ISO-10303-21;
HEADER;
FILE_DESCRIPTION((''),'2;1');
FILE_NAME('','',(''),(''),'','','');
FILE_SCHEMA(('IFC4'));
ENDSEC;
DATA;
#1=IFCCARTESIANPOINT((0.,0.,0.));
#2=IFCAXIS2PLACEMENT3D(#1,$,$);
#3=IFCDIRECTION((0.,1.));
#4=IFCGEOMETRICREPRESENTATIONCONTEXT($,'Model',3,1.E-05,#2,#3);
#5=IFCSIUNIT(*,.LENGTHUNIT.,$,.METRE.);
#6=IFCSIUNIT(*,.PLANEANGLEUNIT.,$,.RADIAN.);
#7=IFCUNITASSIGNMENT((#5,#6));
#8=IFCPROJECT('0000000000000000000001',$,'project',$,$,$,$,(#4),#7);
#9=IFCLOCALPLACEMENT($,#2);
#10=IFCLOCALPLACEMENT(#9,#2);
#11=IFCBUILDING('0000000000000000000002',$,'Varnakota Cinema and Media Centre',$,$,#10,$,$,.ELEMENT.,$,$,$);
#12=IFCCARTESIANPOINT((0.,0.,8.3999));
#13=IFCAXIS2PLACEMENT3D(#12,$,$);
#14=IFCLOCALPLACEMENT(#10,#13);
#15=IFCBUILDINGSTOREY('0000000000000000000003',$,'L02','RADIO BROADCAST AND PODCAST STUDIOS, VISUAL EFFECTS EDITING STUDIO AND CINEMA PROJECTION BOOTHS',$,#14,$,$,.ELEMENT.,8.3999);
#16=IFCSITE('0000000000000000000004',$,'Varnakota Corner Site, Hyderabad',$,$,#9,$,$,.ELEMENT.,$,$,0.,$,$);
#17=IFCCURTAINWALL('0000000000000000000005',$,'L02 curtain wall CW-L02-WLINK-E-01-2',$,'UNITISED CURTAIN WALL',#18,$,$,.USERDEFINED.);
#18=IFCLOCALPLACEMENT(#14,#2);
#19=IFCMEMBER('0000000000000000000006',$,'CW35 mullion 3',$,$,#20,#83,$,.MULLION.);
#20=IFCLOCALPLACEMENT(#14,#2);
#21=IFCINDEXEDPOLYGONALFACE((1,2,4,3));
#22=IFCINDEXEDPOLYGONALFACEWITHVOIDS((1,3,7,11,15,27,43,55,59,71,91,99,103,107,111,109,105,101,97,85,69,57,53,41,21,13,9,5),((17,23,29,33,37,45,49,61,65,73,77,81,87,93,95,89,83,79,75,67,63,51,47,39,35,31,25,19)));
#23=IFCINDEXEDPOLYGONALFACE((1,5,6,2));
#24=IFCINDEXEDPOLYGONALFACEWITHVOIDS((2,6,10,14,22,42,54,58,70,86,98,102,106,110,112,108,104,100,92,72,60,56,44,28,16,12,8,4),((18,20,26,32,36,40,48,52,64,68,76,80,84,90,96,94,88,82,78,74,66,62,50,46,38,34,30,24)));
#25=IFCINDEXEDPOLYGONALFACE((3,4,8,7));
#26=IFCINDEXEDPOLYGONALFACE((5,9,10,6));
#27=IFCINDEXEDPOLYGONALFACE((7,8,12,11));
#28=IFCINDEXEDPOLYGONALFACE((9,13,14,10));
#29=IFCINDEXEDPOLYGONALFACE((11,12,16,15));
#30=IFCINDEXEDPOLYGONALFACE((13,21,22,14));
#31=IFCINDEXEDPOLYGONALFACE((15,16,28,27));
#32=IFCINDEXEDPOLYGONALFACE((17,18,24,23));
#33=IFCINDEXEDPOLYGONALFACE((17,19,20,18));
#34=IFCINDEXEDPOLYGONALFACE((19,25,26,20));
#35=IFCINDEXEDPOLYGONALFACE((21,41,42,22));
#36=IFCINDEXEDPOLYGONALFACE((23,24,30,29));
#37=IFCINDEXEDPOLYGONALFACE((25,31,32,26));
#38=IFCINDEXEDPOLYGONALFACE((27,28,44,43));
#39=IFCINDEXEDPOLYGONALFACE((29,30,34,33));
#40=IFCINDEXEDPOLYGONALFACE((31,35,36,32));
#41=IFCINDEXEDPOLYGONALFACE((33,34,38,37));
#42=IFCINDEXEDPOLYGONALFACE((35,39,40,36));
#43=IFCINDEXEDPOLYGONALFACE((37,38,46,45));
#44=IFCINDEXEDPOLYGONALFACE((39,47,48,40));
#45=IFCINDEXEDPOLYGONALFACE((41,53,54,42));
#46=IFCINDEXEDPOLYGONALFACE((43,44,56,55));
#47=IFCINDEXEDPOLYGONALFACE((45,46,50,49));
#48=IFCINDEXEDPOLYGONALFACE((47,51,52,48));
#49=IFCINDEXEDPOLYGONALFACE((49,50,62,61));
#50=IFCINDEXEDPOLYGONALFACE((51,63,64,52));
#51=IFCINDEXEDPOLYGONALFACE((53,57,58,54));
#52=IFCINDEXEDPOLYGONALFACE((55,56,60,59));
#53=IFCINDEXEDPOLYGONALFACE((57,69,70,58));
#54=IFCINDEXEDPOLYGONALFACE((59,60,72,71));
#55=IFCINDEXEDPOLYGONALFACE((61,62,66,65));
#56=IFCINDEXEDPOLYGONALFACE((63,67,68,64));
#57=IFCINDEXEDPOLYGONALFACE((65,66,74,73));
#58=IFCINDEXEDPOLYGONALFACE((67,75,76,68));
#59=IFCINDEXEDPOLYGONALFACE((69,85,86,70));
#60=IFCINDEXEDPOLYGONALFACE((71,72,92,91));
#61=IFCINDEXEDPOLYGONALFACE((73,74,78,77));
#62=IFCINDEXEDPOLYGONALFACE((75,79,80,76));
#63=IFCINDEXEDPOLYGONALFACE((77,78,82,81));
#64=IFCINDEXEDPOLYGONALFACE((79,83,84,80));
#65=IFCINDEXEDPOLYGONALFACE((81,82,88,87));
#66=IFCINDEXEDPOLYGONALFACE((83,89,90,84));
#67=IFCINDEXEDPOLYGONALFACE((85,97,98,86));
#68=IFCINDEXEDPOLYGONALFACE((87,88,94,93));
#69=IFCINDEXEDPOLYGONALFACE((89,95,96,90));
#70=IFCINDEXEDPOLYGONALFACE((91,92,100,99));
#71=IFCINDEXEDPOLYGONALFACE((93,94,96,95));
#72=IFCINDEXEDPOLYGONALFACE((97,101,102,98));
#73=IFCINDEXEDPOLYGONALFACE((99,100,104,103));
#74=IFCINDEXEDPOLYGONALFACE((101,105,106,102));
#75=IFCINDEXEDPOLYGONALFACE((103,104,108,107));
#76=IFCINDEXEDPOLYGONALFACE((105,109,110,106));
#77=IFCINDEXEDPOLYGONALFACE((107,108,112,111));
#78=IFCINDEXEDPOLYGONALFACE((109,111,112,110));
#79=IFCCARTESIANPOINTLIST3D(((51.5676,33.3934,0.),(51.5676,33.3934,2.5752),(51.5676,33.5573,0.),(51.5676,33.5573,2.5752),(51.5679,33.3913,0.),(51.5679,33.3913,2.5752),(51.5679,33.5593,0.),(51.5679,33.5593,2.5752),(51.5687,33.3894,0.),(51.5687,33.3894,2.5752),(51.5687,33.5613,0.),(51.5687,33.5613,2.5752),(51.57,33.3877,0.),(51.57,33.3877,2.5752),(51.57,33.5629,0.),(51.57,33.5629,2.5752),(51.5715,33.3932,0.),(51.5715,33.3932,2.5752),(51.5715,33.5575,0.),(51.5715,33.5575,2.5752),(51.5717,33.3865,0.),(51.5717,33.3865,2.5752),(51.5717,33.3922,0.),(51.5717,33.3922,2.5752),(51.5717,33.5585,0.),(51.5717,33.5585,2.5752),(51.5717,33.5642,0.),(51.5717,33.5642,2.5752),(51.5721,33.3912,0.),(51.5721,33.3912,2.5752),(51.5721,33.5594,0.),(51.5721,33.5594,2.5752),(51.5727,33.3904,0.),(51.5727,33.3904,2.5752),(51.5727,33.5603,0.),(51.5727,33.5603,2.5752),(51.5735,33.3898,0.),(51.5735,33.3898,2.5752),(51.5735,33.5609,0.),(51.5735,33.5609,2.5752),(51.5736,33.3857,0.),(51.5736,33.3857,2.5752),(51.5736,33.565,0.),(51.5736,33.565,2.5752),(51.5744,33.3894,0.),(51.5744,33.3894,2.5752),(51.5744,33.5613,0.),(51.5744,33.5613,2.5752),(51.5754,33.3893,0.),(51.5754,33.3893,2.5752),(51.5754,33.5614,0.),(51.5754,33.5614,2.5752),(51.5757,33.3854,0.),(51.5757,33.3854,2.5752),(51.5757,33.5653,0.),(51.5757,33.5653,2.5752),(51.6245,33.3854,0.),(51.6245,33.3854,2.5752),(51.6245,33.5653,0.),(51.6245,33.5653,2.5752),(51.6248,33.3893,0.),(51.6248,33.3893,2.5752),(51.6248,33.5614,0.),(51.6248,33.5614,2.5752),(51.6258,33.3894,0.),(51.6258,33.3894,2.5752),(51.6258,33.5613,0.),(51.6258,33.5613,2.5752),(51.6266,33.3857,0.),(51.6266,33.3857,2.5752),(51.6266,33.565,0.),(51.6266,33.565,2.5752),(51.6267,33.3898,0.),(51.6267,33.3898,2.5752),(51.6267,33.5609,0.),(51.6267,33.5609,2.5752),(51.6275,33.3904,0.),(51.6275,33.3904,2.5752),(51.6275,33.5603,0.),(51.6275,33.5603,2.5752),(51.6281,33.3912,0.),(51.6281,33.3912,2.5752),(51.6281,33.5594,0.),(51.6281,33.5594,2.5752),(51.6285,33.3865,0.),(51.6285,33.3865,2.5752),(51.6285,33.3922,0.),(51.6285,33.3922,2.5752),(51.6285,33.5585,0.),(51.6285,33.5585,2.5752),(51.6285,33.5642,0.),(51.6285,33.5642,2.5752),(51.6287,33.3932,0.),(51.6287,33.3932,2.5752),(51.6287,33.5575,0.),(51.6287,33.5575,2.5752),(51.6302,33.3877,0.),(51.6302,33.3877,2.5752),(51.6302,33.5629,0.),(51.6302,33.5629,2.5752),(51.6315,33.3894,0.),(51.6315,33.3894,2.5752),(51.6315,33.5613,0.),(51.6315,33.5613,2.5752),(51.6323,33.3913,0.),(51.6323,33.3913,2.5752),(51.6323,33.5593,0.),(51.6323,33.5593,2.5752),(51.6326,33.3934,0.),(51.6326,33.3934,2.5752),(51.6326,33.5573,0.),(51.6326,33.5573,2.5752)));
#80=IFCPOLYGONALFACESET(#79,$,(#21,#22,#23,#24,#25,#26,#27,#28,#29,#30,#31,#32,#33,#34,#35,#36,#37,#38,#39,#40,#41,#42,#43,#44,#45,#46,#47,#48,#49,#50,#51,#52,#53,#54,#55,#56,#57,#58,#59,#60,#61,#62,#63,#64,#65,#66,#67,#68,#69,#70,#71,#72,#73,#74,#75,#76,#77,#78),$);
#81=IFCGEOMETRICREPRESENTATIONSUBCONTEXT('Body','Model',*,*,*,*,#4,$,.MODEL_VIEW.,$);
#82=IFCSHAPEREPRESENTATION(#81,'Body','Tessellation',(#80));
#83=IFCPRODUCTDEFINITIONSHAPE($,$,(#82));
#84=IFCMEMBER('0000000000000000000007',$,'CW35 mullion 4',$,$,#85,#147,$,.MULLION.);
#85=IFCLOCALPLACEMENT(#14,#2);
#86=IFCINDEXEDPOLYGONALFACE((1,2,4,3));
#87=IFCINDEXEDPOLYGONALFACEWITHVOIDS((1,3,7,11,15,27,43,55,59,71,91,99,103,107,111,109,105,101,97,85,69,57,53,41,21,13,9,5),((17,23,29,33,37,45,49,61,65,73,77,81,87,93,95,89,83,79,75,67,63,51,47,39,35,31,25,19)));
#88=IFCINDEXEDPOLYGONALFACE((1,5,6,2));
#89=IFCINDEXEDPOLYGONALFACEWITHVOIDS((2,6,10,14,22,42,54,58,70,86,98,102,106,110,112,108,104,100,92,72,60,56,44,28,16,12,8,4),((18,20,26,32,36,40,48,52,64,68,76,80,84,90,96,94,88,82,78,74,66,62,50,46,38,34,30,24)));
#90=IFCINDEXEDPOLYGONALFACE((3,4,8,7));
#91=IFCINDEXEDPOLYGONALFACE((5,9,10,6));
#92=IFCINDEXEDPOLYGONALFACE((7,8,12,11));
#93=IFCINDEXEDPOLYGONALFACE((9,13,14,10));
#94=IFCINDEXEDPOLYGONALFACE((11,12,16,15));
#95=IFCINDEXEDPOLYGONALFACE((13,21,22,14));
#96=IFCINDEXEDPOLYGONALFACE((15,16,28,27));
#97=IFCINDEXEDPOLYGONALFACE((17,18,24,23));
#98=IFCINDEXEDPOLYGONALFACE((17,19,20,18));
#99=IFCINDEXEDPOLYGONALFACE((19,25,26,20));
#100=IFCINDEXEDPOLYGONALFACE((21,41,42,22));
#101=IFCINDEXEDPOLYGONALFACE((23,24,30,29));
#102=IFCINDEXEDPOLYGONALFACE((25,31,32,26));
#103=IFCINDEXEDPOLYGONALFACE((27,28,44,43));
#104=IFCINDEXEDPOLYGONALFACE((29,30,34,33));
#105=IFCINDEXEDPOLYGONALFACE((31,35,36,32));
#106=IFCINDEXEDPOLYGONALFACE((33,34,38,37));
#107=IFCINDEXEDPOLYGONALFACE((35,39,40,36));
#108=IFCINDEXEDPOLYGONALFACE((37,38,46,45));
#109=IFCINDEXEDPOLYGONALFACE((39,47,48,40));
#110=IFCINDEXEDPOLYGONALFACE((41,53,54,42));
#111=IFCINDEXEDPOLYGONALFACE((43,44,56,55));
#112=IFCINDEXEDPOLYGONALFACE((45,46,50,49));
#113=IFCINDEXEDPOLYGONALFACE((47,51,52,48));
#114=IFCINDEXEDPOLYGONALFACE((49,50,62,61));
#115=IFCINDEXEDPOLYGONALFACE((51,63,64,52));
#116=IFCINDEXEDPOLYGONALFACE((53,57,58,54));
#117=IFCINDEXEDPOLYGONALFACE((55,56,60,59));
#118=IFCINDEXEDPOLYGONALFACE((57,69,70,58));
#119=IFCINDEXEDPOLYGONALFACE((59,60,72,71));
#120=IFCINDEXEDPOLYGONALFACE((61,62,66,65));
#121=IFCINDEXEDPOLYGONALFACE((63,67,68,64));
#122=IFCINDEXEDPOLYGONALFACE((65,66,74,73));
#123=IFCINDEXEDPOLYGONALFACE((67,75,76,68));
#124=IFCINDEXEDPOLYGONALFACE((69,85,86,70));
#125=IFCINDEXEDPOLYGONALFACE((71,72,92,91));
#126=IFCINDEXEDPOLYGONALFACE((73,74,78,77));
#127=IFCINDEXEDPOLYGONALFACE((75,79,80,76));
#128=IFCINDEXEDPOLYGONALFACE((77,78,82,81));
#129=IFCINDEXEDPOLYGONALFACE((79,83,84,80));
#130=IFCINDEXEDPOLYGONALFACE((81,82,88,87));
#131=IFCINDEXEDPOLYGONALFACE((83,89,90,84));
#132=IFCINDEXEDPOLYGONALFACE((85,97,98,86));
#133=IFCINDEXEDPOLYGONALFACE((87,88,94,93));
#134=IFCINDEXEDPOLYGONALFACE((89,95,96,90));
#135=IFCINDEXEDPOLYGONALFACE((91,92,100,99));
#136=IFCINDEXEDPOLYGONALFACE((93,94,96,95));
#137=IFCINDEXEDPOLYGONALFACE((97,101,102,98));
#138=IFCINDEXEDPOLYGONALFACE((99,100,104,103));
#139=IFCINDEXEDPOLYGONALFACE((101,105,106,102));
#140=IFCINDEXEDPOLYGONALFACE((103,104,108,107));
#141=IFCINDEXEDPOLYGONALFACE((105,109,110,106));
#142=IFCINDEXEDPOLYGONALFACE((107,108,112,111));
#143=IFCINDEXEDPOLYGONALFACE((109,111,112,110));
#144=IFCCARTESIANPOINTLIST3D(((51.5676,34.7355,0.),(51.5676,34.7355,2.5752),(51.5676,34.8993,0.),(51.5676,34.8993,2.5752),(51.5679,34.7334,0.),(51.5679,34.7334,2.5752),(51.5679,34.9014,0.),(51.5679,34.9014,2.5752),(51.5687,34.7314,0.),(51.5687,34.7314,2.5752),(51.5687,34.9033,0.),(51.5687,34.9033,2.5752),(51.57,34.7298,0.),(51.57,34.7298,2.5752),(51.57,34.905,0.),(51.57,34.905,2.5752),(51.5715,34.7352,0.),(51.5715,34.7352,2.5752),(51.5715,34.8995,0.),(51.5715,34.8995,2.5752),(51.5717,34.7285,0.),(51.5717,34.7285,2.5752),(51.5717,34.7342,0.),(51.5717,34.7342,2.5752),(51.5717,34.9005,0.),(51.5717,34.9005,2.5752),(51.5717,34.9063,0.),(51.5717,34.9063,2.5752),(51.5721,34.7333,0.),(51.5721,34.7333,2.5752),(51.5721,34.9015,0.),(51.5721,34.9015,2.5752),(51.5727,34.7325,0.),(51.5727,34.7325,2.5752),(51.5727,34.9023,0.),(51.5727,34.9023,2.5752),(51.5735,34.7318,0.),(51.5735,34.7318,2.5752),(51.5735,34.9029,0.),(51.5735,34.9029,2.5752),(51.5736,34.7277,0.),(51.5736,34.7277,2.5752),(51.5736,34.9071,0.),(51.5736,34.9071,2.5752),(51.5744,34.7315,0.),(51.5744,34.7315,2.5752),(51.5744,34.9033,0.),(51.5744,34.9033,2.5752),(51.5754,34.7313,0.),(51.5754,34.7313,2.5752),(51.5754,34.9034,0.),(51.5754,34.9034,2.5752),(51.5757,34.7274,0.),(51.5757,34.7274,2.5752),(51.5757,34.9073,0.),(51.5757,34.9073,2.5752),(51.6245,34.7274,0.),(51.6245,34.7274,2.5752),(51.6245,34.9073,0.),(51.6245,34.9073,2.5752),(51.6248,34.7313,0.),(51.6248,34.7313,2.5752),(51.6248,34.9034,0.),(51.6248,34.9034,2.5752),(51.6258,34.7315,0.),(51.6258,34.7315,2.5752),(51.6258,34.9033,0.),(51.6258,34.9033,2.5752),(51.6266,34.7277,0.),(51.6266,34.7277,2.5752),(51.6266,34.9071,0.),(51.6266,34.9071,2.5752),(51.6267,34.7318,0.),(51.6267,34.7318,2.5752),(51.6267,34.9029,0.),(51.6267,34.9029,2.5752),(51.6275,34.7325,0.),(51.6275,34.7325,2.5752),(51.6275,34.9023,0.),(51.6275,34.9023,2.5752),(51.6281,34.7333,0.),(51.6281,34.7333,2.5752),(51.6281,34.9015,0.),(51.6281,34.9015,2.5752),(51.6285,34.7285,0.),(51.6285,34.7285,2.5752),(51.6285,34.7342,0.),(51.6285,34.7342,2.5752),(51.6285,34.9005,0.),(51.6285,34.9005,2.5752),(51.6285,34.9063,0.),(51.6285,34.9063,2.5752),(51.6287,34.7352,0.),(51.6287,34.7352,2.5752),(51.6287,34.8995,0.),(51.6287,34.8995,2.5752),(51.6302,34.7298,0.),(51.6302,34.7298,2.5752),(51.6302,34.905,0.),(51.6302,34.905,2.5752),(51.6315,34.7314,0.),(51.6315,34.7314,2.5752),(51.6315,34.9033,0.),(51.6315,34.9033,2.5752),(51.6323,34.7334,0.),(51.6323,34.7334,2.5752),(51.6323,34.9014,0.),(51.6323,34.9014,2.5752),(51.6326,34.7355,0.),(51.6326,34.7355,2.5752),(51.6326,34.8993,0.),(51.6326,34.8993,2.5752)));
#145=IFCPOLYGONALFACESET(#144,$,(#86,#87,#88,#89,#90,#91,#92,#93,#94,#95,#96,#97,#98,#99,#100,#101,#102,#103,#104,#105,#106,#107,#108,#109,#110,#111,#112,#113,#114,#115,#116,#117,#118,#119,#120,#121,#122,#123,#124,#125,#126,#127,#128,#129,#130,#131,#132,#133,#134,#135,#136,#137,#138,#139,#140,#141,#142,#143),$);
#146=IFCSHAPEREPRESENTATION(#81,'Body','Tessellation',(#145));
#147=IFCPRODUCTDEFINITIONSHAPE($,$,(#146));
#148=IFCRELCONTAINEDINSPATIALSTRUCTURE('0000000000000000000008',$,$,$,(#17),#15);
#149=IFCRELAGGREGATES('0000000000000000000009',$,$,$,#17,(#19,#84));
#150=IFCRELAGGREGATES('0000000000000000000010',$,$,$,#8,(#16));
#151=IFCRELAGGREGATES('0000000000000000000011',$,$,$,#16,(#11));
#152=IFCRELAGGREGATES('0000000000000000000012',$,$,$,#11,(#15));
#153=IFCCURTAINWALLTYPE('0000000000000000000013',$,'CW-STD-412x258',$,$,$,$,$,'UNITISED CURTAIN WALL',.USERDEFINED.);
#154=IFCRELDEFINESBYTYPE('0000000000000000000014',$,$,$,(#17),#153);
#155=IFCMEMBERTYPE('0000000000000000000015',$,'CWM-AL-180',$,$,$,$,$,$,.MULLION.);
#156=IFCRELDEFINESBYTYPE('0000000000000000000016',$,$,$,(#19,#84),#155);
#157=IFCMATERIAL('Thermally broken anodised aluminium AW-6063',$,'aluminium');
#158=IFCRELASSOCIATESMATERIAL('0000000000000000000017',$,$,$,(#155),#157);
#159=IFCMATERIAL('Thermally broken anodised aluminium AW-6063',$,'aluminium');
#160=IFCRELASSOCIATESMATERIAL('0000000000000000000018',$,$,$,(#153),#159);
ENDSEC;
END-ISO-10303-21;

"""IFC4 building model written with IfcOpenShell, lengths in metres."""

from ifc_helpers import new_model, si_unit, direction, frame, origin, origin_2d, place, context, subcontext, project, spatial, hollow_rectangle, extrude, material, material_profile, profile_set, type_object, element, aggregate, save


model = new_model("IFC4")

# Units and contexts
model_context = context("Model", 3, precision=1e-05, world=origin(), true_north=direction((0.0, 1.0)))
body_context = subcontext(model_context, "Body", "Model", "MODEL_VIEW")
ifc_project = project(units=[si_unit("LENGTHUNIT", "METRE"), si_unit("PLANEANGLEUNIT", "RADIAN")], contexts=[model_context])

# Site, building, storey
site_placement = place(None, origin())
site = spatial("IfcSite", under=ifc_project, at=site_placement, Name="Varnakota Corner Site, Hyderabad", CompositionType="ELEMENT", RefElevation=0.0)
building_placement = place(site_placement, origin())
building = spatial("IfcBuilding", under=site, at=building_placement, Name="Varnakota Cinema and Media Centre", CompositionType="ELEMENT")
storey_placement = place(building_placement, frame((0.0, 0.0, 8.3999)))
storey = spatial("IfcBuildingStorey", under=building, at=storey_placement, Name="L02", Description="RADIO BROADCAST AND PODCAST STUDIOS, VISUAL EFFECTS EDITING STUDIO AND CINEMA PROJECTION BOOTHS", CompositionType="ELEMENT", Elevation=8.3999)

# Shared definitions
ifc_material_1 = material(Name="Thermally broken anodised aluminium AW-6063", Category="aluminium")
ifc_material_profile_1 = material_profile(ifc_material_1, hollow_rectangle(XDim=0.0649, YDim=0.1799, WallThickness=0.0039, InnerFilletRadius=0.0039, OuterFilletRadius=0.0081, at=origin_2d()), Name="AL-MULLION 180x65x4")
ifc_profile_set_1 = profile_set([ifc_material_profile_1], Name="Thermally broken anodised aluminium AW-6063")
member_type_1 = type_object("IfcMemberType", Name="CWM-AL-180", PredefinedType="MULLION", material=ifc_profile_set_1)

# Curtain wall, members
ifc_material_2 = material(Name="Thermally broken anodised aluminium AW-6063", Category="aluminium")
curtain_wall_type_1 = type_object("IfcCurtainWallType", Name="CW-STD-412x258", ElementType="UNITISED CURTAIN WALL", PredefinedType="USERDEFINED", material=ifc_material_2)
curtain_wall_1_placement = place(storey_placement, origin())
curtain_wall_1 = element("IfcCurtainWall", 1, at=curtain_wall_1_placement, inside=storey, type_object=curtain_wall_type_1, Name="L02 curtain wall CW-L02-WLINK-E-01-2", ObjectType="UNITISED CURTAIN WALL", PredefinedType="USERDEFINED")
member_1_placement = place(storey_placement, frame((51.6001, 33.4753, 0.0), z_axis=(0.0, 0.0, 1.0), x_axis=(-1.0, 0.0, 0.0)))
member_1 = element("IfcMember", 2, at=member_1_placement, type_object=member_type_1, Name="CW35 mullion 3", PredefinedType="MULLION", context=body_context, shape_type="SweptSolid", body=[
    extrude(hollow_rectangle(XDim=0.0649, YDim=0.1799, WallThickness=0.0039, InnerFilletRadius=0.0039, OuterFilletRadius=0.0081, at=origin_2d()), origin(), (0.0, 0.0, 1.0), 2.5752),
])
member_2_placement = place(storey_placement, frame((51.6001, 34.8174, 0.0), z_axis=(0.0, 0.0, 1.0), x_axis=(-1.0, 0.0, 0.0)))
member_2 = element("IfcMember", 3, at=member_2_placement, type_object=member_type_1, Name="CW35 mullion 4", PredefinedType="MULLION", context=body_context, shape_type="SweptSolid", body=[
    extrude(hollow_rectangle(XDim=0.0649, YDim=0.1799, WallThickness=0.0039, InnerFilletRadius=0.0039, OuterFilletRadius=0.0081, at=origin_2d()), origin(), (0.0, 0.0, 1.0), 2.5752),
])

aggregate(curtain_wall_1, [member_1, member_2])

save(model, "model.ifc")
